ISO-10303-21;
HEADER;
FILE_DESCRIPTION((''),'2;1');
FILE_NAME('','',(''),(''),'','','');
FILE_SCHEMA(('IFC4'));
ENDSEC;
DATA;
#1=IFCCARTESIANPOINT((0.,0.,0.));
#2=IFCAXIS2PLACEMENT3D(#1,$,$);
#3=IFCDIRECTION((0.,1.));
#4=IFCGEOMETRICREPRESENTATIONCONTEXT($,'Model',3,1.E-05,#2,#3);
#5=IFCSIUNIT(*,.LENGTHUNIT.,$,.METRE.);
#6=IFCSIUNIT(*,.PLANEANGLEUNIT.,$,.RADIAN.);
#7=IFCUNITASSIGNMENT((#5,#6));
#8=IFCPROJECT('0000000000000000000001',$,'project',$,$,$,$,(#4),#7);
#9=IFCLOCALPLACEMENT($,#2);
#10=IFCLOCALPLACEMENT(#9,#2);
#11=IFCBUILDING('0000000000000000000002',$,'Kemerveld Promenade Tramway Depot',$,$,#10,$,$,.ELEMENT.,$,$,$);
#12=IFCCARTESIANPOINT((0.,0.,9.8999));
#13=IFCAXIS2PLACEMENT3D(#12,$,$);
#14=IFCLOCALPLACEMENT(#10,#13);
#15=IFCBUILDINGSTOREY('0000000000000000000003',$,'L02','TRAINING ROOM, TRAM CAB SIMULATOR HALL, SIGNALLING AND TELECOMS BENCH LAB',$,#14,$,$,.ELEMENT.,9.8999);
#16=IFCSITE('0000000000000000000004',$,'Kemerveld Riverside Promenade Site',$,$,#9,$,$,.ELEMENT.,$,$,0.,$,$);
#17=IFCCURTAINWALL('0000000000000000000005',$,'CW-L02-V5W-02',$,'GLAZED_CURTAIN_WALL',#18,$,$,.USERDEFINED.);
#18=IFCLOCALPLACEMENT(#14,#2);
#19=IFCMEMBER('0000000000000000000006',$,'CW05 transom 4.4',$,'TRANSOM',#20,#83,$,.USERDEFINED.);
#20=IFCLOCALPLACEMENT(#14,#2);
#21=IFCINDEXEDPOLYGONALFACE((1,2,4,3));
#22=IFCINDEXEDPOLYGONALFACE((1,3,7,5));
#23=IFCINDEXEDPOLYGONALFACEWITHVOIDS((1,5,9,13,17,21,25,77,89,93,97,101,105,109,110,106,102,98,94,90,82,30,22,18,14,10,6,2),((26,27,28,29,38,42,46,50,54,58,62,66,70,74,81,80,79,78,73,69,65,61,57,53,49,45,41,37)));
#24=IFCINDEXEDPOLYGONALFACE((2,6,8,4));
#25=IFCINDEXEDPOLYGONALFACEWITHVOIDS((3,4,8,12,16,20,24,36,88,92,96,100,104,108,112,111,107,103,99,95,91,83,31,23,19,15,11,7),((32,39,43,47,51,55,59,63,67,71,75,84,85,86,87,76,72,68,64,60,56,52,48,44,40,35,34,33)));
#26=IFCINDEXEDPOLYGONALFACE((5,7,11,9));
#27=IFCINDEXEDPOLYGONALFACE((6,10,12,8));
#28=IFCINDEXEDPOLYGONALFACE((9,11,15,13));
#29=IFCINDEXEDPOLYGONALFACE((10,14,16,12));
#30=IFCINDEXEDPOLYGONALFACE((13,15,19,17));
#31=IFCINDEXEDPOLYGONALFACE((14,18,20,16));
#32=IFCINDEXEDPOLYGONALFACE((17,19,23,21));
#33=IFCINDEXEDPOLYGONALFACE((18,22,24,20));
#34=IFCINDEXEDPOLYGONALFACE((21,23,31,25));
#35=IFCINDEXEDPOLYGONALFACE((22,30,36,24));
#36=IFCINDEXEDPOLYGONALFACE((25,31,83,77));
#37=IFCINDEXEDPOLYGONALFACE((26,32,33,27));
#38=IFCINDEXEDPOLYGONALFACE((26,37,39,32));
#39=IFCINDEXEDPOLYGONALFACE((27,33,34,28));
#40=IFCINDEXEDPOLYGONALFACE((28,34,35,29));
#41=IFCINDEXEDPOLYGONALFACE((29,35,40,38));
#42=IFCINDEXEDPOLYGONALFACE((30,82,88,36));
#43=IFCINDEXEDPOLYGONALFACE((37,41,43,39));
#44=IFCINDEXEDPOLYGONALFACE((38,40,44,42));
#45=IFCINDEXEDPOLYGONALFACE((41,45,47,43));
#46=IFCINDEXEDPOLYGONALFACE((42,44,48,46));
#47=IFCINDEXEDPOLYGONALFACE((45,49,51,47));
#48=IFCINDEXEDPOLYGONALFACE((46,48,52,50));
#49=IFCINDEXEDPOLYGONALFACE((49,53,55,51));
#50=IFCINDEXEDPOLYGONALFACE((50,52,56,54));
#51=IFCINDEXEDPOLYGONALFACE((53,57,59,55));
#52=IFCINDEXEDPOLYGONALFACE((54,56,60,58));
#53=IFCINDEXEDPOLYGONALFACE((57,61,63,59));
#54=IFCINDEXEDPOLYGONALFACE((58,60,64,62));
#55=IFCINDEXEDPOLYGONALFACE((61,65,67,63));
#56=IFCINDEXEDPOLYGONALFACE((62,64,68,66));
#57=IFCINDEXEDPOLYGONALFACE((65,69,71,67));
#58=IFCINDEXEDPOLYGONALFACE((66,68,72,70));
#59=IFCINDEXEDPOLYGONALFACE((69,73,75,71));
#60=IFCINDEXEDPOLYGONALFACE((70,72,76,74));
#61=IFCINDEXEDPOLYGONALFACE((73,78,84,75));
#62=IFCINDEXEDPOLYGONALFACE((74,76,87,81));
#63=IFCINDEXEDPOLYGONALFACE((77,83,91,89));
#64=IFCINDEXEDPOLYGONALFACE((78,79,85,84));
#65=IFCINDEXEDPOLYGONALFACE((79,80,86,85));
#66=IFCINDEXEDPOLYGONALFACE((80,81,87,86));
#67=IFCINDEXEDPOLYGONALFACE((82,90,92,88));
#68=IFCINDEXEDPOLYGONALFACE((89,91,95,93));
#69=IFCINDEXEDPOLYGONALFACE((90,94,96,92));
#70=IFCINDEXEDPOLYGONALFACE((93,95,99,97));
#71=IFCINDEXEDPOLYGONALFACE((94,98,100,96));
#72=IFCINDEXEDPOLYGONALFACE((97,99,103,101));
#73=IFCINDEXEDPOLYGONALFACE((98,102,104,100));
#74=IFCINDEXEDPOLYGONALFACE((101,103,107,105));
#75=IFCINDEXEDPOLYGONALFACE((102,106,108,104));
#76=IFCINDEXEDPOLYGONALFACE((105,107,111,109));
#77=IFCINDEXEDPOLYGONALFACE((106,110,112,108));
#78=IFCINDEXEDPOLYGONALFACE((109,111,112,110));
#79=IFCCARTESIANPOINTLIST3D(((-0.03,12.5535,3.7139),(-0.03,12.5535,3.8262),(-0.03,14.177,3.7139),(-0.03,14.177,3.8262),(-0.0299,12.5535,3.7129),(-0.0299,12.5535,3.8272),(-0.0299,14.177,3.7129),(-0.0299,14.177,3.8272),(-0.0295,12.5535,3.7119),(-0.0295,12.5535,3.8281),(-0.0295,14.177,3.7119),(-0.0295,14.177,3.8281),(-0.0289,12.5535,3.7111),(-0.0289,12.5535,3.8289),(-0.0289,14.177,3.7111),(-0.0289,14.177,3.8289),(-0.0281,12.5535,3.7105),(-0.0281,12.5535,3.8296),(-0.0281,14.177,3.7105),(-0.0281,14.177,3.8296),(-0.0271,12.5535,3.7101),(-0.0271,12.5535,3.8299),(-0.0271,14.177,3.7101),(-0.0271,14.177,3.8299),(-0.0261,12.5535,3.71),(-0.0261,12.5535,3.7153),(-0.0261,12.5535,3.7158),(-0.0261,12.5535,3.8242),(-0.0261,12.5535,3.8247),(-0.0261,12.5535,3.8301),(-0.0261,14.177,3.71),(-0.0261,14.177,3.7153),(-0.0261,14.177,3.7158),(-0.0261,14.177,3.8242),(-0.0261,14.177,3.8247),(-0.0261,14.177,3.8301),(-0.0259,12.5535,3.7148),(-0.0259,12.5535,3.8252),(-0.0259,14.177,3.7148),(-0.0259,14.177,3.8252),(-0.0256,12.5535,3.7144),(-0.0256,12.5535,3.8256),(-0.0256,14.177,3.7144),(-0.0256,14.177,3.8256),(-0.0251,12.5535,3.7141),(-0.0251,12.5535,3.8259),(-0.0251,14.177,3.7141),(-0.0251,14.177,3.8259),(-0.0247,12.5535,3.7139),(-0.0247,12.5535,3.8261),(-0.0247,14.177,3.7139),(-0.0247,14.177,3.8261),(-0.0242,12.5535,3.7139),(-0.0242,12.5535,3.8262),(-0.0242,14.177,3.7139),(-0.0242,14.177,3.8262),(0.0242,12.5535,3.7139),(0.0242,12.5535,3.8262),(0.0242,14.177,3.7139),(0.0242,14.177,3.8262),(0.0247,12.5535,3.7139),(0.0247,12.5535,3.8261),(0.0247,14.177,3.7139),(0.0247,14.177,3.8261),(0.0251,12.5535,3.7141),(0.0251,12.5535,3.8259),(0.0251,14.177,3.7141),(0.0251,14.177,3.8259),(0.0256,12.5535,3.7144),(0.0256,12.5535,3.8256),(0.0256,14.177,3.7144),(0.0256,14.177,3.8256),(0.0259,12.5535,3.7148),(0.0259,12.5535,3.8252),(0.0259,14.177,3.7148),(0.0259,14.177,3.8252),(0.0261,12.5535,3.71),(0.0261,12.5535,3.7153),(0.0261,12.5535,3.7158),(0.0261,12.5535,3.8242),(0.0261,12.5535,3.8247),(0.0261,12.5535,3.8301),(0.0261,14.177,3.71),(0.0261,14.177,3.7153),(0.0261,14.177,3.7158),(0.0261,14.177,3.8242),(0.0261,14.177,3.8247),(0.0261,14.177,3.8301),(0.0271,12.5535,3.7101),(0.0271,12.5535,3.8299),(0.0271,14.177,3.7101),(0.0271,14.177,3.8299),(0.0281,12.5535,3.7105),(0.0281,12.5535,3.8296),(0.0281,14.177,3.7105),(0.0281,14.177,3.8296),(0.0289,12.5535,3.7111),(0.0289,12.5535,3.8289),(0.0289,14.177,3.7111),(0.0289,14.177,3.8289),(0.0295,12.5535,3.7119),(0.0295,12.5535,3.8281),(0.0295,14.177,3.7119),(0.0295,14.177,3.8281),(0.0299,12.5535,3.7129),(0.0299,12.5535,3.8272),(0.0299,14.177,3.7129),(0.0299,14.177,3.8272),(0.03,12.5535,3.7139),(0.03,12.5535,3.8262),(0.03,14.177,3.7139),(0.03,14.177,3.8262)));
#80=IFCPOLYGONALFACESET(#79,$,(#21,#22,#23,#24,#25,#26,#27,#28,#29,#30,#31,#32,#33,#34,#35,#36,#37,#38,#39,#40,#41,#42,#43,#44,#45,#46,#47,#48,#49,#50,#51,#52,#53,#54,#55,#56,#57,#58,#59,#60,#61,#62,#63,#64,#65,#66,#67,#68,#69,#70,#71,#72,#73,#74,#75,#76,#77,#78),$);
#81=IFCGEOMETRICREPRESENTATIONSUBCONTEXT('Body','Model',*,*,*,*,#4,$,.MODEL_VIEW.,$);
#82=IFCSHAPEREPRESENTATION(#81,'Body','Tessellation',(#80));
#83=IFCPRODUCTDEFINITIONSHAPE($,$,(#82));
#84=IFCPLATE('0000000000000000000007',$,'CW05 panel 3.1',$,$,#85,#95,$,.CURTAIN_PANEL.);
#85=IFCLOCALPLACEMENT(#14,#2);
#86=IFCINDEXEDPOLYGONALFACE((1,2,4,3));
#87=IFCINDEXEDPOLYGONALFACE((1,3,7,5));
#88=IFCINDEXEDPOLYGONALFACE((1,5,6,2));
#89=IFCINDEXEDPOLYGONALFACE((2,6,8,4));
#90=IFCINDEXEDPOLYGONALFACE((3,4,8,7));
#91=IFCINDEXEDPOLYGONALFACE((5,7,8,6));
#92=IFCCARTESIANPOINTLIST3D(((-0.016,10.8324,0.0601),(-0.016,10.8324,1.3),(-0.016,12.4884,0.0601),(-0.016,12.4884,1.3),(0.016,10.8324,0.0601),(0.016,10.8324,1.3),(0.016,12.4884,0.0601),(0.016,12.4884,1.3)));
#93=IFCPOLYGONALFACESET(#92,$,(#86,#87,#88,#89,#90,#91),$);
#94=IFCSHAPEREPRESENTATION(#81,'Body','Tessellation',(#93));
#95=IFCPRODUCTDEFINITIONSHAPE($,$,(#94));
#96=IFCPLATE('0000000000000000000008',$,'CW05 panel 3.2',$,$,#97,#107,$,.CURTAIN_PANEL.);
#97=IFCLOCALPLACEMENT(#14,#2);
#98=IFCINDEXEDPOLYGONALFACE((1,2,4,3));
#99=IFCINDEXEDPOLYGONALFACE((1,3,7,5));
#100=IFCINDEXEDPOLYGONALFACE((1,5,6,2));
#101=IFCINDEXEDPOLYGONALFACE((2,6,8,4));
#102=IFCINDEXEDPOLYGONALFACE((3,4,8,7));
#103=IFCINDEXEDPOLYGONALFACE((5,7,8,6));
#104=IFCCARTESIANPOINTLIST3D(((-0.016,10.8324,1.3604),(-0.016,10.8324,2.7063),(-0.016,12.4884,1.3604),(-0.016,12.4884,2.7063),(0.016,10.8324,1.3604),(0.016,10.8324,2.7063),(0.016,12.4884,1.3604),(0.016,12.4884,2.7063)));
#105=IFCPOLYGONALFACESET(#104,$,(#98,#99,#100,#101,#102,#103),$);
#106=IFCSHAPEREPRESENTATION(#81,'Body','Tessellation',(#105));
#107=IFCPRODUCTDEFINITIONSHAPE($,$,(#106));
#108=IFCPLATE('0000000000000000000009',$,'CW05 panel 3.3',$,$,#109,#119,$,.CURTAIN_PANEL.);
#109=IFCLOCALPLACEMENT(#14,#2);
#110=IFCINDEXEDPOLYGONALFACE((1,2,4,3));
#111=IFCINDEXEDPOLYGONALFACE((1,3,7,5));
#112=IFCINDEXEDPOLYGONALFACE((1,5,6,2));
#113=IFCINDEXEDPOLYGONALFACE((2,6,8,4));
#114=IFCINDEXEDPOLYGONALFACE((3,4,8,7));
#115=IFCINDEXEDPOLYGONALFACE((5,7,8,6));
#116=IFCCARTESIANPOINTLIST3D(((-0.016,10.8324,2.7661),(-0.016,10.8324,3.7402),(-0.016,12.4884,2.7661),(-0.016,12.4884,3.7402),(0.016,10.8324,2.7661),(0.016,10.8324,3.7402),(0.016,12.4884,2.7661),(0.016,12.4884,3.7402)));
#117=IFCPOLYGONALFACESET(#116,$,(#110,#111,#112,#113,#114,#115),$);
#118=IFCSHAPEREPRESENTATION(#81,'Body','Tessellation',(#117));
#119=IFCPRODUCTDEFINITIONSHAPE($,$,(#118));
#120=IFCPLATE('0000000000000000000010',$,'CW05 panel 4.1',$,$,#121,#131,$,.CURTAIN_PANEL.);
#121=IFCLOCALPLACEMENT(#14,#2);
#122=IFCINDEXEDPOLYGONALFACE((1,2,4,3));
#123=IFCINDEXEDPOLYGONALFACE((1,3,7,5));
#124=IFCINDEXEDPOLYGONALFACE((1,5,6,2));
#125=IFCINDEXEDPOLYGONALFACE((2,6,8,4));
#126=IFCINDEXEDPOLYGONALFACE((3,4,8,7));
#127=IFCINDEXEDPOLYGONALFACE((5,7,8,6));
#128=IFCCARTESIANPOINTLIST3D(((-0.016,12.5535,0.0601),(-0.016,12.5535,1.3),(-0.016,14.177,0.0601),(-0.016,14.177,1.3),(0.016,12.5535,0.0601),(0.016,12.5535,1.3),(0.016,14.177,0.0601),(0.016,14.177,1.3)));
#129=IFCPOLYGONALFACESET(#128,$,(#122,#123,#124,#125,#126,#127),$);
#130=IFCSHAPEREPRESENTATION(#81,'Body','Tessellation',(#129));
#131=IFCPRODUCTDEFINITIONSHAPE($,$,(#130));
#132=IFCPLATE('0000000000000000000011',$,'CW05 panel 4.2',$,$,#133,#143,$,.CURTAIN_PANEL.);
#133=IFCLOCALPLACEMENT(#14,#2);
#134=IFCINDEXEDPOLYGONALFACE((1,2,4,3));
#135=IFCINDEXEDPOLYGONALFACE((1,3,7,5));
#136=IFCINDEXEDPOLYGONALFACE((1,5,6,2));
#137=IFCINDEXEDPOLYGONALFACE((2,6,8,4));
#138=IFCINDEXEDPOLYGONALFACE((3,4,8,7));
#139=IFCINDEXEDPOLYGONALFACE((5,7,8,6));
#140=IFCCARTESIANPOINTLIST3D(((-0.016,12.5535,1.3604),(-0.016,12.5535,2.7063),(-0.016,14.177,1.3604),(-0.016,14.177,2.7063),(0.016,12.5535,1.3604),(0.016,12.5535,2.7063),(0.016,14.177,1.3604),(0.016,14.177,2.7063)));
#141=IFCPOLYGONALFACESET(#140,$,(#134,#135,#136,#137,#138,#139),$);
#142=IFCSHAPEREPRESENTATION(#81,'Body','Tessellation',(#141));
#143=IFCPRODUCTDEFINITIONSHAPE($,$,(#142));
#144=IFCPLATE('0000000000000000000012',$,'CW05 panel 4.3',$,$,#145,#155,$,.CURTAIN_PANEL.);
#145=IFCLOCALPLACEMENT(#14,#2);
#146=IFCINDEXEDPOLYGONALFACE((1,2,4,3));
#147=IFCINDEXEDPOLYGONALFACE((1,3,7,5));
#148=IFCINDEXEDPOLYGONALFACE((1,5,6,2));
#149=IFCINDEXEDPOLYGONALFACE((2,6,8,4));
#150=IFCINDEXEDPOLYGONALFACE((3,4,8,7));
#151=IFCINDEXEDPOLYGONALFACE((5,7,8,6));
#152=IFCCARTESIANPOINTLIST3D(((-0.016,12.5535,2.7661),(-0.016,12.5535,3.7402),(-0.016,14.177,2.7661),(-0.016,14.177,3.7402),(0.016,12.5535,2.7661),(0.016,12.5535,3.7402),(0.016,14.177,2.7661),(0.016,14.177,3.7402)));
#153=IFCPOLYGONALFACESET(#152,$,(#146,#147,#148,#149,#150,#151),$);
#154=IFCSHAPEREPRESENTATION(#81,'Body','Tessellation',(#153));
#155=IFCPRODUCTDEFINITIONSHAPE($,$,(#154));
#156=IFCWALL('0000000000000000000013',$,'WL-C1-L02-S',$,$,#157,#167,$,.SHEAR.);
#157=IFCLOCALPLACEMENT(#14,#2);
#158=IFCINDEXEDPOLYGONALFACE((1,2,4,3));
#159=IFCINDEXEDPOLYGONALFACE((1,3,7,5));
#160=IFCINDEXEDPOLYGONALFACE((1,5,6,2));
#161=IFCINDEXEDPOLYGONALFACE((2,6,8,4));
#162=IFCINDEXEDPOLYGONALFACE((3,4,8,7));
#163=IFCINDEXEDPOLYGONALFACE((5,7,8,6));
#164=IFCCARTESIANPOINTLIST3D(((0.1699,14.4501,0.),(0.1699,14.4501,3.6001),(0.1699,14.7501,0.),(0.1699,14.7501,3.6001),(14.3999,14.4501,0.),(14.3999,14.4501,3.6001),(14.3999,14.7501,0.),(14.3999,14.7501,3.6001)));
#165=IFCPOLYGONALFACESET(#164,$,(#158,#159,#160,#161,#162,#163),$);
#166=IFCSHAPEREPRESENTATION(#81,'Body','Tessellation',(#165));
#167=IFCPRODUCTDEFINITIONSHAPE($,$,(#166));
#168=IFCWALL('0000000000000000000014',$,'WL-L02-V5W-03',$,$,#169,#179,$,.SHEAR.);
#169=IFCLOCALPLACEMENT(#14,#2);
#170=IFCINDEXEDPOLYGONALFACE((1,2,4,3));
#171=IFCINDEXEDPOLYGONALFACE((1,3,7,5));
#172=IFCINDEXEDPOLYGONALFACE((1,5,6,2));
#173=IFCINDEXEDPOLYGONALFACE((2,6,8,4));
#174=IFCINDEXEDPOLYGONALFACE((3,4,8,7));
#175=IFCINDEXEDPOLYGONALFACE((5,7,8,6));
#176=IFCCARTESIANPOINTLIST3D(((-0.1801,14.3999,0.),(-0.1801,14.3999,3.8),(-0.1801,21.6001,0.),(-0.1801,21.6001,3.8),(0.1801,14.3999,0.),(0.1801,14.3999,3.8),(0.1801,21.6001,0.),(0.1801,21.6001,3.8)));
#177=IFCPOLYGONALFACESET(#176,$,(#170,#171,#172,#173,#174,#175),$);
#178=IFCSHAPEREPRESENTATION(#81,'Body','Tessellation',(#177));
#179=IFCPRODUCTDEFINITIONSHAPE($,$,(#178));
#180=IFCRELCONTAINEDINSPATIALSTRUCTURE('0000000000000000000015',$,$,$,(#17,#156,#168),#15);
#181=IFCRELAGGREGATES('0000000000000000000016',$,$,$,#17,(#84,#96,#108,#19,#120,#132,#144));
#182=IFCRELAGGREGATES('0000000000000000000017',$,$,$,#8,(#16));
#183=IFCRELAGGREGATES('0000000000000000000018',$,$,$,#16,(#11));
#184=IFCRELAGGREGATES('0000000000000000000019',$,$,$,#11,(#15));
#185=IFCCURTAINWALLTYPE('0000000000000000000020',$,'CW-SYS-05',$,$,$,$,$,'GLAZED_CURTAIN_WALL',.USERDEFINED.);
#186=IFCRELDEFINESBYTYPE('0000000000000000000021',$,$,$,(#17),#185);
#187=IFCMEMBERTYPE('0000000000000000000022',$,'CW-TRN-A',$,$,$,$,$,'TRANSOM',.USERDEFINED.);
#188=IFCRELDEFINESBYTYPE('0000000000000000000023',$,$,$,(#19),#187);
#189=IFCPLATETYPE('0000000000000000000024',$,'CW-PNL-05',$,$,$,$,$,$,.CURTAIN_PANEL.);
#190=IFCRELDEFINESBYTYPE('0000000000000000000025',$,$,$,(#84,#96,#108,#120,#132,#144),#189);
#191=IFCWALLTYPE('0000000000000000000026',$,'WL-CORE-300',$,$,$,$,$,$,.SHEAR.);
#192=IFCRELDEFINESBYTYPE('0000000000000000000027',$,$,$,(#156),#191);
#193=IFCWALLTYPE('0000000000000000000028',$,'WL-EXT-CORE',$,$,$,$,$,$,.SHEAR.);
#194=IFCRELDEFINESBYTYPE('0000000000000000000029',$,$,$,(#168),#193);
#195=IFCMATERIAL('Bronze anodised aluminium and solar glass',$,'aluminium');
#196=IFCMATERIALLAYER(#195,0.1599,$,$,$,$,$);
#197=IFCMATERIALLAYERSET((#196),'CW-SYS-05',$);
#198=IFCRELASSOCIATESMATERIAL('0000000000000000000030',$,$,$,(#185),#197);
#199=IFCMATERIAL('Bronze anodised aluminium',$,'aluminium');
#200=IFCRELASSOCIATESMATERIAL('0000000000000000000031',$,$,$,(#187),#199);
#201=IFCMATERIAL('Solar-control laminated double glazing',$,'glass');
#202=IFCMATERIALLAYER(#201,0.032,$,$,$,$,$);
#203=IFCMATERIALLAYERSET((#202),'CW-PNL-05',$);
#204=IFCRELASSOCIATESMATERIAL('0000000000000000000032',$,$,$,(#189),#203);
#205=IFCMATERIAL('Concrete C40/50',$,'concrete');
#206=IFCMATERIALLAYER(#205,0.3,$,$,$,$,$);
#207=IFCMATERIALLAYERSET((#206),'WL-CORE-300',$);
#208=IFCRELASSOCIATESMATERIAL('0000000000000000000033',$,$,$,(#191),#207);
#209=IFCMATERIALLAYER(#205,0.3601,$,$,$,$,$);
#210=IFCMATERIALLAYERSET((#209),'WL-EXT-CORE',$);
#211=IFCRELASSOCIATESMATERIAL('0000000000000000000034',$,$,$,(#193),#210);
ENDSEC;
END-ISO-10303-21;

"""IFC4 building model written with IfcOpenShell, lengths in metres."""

from ifc_helpers import new_model, si_unit, direction, frame, frame_2d, origin, origin_2d, place, context, subcontext, project, spatial, rectangle, hollow_rectangle, extrude, material, layer, layer_set, material_profile, profile_set, type_object, element, aggregate, save


model = new_model("IFC4")

# Units and contexts
model_context = context("Model", 3, precision=1e-05, world=origin(), true_north=direction((0.0, 1.0)))
body_context = subcontext(model_context, "Body", "Model", "MODEL_VIEW")
ifc_project = project(units=[si_unit("LENGTHUNIT", "METRE"), si_unit("PLANEANGLEUNIT", "RADIAN")], contexts=[model_context])

# Site, building, storey
site_placement = place(None, origin())
site = spatial("IfcSite", under=ifc_project, at=site_placement, Name="Kemerveld Riverside Promenade Site", CompositionType="ELEMENT", RefElevation=0.0)
building_placement = place(site_placement, origin())
building = spatial("IfcBuilding", under=site, at=building_placement, Name="Kemerveld Promenade Tramway Depot", CompositionType="ELEMENT")
storey_placement = place(building_placement, frame((0.0, 0.0, 9.8999)))
storey = spatial("IfcBuildingStorey", under=building, at=storey_placement, Name="L02", Description="TRAINING ROOM, TRAM CAB SIMULATOR HALL, SIGNALLING AND TELECOMS BENCH LAB", CompositionType="ELEMENT", Elevation=9.8999)

# Shared definitions
ifc_material_1 = material(Name="Concrete C40/50", Category="concrete")

# Curtain wall, member, plates
ifc_material_2 = material(Name="Bronze anodised aluminium and solar glass", Category="aluminium")
ifc_layer_1 = layer(ifc_material_2, 0.1599)
ifc_layer_set_1 = layer_set([ifc_layer_1], Name="CW-SYS-05")
curtain_wall_type = type_object("IfcCurtainWallType", Name="CW-SYS-05", ElementType="GLAZED_CURTAIN_WALL", PredefinedType="USERDEFINED", material=ifc_layer_set_1)
curtain_wall_placement = place(storey_placement, origin())
curtain_wall = element("IfcCurtainWall", 1, at=curtain_wall_placement, inside=storey, type_object=curtain_wall_type, Name="CW-L02-V5W-02", ObjectType="GLAZED_CURTAIN_WALL", PredefinedType="USERDEFINED")
ifc_material_3 = material(Name="Bronze anodised aluminium", Category="aluminium")
ifc_material_profile_1 = material_profile(ifc_material_3, hollow_rectangle(XDim=0.0601, YDim=0.1201, WallThickness=0.0039, InnerFilletRadius=0.002, OuterFilletRadius=0.0039, at=origin_2d()), Name="CW-TRN-120x60")
ifc_profile_set_1 = profile_set([ifc_material_profile_1], Name="Bronze anodised aluminium")
member_type_1 = type_object("IfcMemberType", Name="CW-TRN-A", ElementType="TRANSOM", PredefinedType="USERDEFINED", material=ifc_profile_set_1)
member_1_placement = place(storey_placement, frame((0.0, 12.5535, 3.77), z_axis=(0.0, 1.0, 0.0), x_axis=(-1.0, 0.0, 0.0)))
member_1 = element("IfcMember", 2, at=member_1_placement, type_object=member_type_1, Name="CW05 transom 4.4", ObjectType="TRANSOM", PredefinedType="USERDEFINED", context=body_context, shape_type="SweptSolid", body=[
    extrude(hollow_rectangle(XDim=0.0601, YDim=0.1201, WallThickness=0.0039, InnerFilletRadius=0.002, OuterFilletRadius=0.0039, at=origin_2d()), origin(), (0.0, 0.0, 1.0), 1.6235),
])
ifc_material_4 = material(Name="Solar-control laminated double glazing", Category="glass")
ifc_layer_2 = layer(ifc_material_4, 0.032)
ifc_layer_set_2 = layer_set([ifc_layer_2], Name="CW-PNL-05")
plate_type = type_object("IfcPlateType", Name="CW-PNL-05", PredefinedType="CURTAIN_PANEL", material=ifc_layer_set_2)
plate_1_placement = place(storey_placement, frame((0.0, 11.6604, 0.0601), z_axis=(0.0, 0.0, 1.0), x_axis=(0.0, 1.0, 0.0)))
plate_1 = element("IfcPlate", 3, at=plate_1_placement, type_object=plate_type, Name="CW05 panel 3.1", PredefinedType="CURTAIN_PANEL", context=body_context, shape_type="SweptSolid", body=[
    extrude(rectangle(XDim=1.656, YDim=0.032, at=origin_2d()), origin(), (0.0, 0.0, 1.0), 1.24),
])
plate_2_placement = place(storey_placement, frame((0.0, 11.6604, 1.3604), z_axis=(0.0, 0.0, 1.0), x_axis=(0.0, 1.0, 0.0)))
plate_2 = element("IfcPlate", 4, at=plate_2_placement, type_object=plate_type, Name="CW05 panel 3.2", PredefinedType="CURTAIN_PANEL", context=body_context, shape_type="SweptSolid", body=[
    extrude(rectangle(XDim=1.656, YDim=0.032, at=origin_2d()), origin(), (0.0, 0.0, 1.0), 1.3459),
])
plate_3_placement = place(storey_placement, frame((0.0, 11.6604, 2.7661), z_axis=(0.0, 0.0, 1.0), x_axis=(0.0, 1.0, 0.0)))
plate_3 = element("IfcPlate", 5, at=plate_3_placement, type_object=plate_type, Name="CW05 panel 3.3", PredefinedType="CURTAIN_PANEL", context=body_context, shape_type="SweptSolid", body=[
    extrude(rectangle(XDim=1.656, YDim=0.032, at=origin_2d()), origin(), (0.0, 0.0, 1.0), 0.9741),
])
plate_4_placement = place(storey_placement, frame((0.0, 13.3652, 0.0601), z_axis=(0.0, 0.0, 1.0), x_axis=(0.0, 1.0, 0.0)))
plate_4 = element("IfcPlate", 6, at=plate_4_placement, type_object=plate_type, Name="CW05 panel 4.1", PredefinedType="CURTAIN_PANEL", context=body_context, shape_type="SweptSolid", body=[
    extrude(rectangle(XDim=1.6235, YDim=0.032, at=origin_2d()), origin(), (0.0, 0.0, 1.0), 1.24),
])
plate_5_placement = place(storey_placement, frame((0.0, 13.3652, 1.3604), z_axis=(0.0, 0.0, 1.0), x_axis=(0.0, 1.0, 0.0)))
plate_5 = element("IfcPlate", 7, at=plate_5_placement, type_object=plate_type, Name="CW05 panel 4.2", PredefinedType="CURTAIN_PANEL", context=body_context, shape_type="SweptSolid", body=[
    extrude(rectangle(XDim=1.6235, YDim=0.032, at=origin_2d()), origin(), (0.0, 0.0, 1.0), 1.3459),
])
plate_6_placement = place(storey_placement, frame((0.0, 13.3652, 2.7661), z_axis=(0.0, 0.0, 1.0), x_axis=(0.0, 1.0, 0.0)))
plate_6 = element("IfcPlate", 8, at=plate_6_placement, type_object=plate_type, Name="CW05 panel 4.3", PredefinedType="CURTAIN_PANEL", context=body_context, shape_type="SweptSolid", body=[
    extrude(rectangle(XDim=1.6235, YDim=0.032, at=origin_2d()), origin(), (0.0, 0.0, 1.0), 0.9741),
])
aggregate(curtain_wall, [plate_1, plate_2, plate_3, member_1, plate_4, plate_5, plate_6])

# Walls
ifc_layer_3 = layer(ifc_material_1, 0.3)
ifc_layer_set_3 = layer_set([ifc_layer_3], Name="WL-CORE-300")
wall_type_1 = type_object("IfcWallType", Name="WL-CORE-300", PredefinedType="SHEAR", material=ifc_layer_set_3)
wall_1_placement = place(storey_placement, frame((0.1699, 14.6001, 0.0), z_axis=(0.0, 0.0, 1.0), x_axis=(1.0, 0.0, 0.0)))
element("IfcWall", 9, at=wall_1_placement, inside=storey, type_object=wall_type_1, Name="WL-C1-L02-S", PredefinedType="SHEAR", context=body_context, shape_type="SweptSolid", body=[
    extrude(rectangle(XDim=14.23, YDim=0.3, at=frame_2d((7.115, 0.0))), origin(), (0.0, 0.0, 1.0), 3.6001),
])
ifc_layer_4 = layer(ifc_material_1, 0.3601)
ifc_layer_set_4 = layer_set([ifc_layer_4], Name="WL-EXT-CORE")
wall_type_2 = type_object("IfcWallType", Name="WL-EXT-CORE", PredefinedType="SHEAR", material=ifc_layer_set_4)
wall_2_placement = place(storey_placement, frame((0.0, 14.3999, 0.0), z_axis=(0.0, 0.0, 1.0), x_axis=(0.0, 1.0, 0.0)))
element("IfcWall", 10, at=wall_2_placement, inside=storey, type_object=wall_type_2, Name="WL-L02-V5W-03", PredefinedType="SHEAR", context=body_context, shape_type="SweptSolid", body=[
    extrude(rectangle(XDim=7.2002, YDim=0.3601, at=frame_2d((3.6001, 0.0))), origin(), (0.0, 0.0, 1.0), 3.8),
])

save(model, "model.ifc")
